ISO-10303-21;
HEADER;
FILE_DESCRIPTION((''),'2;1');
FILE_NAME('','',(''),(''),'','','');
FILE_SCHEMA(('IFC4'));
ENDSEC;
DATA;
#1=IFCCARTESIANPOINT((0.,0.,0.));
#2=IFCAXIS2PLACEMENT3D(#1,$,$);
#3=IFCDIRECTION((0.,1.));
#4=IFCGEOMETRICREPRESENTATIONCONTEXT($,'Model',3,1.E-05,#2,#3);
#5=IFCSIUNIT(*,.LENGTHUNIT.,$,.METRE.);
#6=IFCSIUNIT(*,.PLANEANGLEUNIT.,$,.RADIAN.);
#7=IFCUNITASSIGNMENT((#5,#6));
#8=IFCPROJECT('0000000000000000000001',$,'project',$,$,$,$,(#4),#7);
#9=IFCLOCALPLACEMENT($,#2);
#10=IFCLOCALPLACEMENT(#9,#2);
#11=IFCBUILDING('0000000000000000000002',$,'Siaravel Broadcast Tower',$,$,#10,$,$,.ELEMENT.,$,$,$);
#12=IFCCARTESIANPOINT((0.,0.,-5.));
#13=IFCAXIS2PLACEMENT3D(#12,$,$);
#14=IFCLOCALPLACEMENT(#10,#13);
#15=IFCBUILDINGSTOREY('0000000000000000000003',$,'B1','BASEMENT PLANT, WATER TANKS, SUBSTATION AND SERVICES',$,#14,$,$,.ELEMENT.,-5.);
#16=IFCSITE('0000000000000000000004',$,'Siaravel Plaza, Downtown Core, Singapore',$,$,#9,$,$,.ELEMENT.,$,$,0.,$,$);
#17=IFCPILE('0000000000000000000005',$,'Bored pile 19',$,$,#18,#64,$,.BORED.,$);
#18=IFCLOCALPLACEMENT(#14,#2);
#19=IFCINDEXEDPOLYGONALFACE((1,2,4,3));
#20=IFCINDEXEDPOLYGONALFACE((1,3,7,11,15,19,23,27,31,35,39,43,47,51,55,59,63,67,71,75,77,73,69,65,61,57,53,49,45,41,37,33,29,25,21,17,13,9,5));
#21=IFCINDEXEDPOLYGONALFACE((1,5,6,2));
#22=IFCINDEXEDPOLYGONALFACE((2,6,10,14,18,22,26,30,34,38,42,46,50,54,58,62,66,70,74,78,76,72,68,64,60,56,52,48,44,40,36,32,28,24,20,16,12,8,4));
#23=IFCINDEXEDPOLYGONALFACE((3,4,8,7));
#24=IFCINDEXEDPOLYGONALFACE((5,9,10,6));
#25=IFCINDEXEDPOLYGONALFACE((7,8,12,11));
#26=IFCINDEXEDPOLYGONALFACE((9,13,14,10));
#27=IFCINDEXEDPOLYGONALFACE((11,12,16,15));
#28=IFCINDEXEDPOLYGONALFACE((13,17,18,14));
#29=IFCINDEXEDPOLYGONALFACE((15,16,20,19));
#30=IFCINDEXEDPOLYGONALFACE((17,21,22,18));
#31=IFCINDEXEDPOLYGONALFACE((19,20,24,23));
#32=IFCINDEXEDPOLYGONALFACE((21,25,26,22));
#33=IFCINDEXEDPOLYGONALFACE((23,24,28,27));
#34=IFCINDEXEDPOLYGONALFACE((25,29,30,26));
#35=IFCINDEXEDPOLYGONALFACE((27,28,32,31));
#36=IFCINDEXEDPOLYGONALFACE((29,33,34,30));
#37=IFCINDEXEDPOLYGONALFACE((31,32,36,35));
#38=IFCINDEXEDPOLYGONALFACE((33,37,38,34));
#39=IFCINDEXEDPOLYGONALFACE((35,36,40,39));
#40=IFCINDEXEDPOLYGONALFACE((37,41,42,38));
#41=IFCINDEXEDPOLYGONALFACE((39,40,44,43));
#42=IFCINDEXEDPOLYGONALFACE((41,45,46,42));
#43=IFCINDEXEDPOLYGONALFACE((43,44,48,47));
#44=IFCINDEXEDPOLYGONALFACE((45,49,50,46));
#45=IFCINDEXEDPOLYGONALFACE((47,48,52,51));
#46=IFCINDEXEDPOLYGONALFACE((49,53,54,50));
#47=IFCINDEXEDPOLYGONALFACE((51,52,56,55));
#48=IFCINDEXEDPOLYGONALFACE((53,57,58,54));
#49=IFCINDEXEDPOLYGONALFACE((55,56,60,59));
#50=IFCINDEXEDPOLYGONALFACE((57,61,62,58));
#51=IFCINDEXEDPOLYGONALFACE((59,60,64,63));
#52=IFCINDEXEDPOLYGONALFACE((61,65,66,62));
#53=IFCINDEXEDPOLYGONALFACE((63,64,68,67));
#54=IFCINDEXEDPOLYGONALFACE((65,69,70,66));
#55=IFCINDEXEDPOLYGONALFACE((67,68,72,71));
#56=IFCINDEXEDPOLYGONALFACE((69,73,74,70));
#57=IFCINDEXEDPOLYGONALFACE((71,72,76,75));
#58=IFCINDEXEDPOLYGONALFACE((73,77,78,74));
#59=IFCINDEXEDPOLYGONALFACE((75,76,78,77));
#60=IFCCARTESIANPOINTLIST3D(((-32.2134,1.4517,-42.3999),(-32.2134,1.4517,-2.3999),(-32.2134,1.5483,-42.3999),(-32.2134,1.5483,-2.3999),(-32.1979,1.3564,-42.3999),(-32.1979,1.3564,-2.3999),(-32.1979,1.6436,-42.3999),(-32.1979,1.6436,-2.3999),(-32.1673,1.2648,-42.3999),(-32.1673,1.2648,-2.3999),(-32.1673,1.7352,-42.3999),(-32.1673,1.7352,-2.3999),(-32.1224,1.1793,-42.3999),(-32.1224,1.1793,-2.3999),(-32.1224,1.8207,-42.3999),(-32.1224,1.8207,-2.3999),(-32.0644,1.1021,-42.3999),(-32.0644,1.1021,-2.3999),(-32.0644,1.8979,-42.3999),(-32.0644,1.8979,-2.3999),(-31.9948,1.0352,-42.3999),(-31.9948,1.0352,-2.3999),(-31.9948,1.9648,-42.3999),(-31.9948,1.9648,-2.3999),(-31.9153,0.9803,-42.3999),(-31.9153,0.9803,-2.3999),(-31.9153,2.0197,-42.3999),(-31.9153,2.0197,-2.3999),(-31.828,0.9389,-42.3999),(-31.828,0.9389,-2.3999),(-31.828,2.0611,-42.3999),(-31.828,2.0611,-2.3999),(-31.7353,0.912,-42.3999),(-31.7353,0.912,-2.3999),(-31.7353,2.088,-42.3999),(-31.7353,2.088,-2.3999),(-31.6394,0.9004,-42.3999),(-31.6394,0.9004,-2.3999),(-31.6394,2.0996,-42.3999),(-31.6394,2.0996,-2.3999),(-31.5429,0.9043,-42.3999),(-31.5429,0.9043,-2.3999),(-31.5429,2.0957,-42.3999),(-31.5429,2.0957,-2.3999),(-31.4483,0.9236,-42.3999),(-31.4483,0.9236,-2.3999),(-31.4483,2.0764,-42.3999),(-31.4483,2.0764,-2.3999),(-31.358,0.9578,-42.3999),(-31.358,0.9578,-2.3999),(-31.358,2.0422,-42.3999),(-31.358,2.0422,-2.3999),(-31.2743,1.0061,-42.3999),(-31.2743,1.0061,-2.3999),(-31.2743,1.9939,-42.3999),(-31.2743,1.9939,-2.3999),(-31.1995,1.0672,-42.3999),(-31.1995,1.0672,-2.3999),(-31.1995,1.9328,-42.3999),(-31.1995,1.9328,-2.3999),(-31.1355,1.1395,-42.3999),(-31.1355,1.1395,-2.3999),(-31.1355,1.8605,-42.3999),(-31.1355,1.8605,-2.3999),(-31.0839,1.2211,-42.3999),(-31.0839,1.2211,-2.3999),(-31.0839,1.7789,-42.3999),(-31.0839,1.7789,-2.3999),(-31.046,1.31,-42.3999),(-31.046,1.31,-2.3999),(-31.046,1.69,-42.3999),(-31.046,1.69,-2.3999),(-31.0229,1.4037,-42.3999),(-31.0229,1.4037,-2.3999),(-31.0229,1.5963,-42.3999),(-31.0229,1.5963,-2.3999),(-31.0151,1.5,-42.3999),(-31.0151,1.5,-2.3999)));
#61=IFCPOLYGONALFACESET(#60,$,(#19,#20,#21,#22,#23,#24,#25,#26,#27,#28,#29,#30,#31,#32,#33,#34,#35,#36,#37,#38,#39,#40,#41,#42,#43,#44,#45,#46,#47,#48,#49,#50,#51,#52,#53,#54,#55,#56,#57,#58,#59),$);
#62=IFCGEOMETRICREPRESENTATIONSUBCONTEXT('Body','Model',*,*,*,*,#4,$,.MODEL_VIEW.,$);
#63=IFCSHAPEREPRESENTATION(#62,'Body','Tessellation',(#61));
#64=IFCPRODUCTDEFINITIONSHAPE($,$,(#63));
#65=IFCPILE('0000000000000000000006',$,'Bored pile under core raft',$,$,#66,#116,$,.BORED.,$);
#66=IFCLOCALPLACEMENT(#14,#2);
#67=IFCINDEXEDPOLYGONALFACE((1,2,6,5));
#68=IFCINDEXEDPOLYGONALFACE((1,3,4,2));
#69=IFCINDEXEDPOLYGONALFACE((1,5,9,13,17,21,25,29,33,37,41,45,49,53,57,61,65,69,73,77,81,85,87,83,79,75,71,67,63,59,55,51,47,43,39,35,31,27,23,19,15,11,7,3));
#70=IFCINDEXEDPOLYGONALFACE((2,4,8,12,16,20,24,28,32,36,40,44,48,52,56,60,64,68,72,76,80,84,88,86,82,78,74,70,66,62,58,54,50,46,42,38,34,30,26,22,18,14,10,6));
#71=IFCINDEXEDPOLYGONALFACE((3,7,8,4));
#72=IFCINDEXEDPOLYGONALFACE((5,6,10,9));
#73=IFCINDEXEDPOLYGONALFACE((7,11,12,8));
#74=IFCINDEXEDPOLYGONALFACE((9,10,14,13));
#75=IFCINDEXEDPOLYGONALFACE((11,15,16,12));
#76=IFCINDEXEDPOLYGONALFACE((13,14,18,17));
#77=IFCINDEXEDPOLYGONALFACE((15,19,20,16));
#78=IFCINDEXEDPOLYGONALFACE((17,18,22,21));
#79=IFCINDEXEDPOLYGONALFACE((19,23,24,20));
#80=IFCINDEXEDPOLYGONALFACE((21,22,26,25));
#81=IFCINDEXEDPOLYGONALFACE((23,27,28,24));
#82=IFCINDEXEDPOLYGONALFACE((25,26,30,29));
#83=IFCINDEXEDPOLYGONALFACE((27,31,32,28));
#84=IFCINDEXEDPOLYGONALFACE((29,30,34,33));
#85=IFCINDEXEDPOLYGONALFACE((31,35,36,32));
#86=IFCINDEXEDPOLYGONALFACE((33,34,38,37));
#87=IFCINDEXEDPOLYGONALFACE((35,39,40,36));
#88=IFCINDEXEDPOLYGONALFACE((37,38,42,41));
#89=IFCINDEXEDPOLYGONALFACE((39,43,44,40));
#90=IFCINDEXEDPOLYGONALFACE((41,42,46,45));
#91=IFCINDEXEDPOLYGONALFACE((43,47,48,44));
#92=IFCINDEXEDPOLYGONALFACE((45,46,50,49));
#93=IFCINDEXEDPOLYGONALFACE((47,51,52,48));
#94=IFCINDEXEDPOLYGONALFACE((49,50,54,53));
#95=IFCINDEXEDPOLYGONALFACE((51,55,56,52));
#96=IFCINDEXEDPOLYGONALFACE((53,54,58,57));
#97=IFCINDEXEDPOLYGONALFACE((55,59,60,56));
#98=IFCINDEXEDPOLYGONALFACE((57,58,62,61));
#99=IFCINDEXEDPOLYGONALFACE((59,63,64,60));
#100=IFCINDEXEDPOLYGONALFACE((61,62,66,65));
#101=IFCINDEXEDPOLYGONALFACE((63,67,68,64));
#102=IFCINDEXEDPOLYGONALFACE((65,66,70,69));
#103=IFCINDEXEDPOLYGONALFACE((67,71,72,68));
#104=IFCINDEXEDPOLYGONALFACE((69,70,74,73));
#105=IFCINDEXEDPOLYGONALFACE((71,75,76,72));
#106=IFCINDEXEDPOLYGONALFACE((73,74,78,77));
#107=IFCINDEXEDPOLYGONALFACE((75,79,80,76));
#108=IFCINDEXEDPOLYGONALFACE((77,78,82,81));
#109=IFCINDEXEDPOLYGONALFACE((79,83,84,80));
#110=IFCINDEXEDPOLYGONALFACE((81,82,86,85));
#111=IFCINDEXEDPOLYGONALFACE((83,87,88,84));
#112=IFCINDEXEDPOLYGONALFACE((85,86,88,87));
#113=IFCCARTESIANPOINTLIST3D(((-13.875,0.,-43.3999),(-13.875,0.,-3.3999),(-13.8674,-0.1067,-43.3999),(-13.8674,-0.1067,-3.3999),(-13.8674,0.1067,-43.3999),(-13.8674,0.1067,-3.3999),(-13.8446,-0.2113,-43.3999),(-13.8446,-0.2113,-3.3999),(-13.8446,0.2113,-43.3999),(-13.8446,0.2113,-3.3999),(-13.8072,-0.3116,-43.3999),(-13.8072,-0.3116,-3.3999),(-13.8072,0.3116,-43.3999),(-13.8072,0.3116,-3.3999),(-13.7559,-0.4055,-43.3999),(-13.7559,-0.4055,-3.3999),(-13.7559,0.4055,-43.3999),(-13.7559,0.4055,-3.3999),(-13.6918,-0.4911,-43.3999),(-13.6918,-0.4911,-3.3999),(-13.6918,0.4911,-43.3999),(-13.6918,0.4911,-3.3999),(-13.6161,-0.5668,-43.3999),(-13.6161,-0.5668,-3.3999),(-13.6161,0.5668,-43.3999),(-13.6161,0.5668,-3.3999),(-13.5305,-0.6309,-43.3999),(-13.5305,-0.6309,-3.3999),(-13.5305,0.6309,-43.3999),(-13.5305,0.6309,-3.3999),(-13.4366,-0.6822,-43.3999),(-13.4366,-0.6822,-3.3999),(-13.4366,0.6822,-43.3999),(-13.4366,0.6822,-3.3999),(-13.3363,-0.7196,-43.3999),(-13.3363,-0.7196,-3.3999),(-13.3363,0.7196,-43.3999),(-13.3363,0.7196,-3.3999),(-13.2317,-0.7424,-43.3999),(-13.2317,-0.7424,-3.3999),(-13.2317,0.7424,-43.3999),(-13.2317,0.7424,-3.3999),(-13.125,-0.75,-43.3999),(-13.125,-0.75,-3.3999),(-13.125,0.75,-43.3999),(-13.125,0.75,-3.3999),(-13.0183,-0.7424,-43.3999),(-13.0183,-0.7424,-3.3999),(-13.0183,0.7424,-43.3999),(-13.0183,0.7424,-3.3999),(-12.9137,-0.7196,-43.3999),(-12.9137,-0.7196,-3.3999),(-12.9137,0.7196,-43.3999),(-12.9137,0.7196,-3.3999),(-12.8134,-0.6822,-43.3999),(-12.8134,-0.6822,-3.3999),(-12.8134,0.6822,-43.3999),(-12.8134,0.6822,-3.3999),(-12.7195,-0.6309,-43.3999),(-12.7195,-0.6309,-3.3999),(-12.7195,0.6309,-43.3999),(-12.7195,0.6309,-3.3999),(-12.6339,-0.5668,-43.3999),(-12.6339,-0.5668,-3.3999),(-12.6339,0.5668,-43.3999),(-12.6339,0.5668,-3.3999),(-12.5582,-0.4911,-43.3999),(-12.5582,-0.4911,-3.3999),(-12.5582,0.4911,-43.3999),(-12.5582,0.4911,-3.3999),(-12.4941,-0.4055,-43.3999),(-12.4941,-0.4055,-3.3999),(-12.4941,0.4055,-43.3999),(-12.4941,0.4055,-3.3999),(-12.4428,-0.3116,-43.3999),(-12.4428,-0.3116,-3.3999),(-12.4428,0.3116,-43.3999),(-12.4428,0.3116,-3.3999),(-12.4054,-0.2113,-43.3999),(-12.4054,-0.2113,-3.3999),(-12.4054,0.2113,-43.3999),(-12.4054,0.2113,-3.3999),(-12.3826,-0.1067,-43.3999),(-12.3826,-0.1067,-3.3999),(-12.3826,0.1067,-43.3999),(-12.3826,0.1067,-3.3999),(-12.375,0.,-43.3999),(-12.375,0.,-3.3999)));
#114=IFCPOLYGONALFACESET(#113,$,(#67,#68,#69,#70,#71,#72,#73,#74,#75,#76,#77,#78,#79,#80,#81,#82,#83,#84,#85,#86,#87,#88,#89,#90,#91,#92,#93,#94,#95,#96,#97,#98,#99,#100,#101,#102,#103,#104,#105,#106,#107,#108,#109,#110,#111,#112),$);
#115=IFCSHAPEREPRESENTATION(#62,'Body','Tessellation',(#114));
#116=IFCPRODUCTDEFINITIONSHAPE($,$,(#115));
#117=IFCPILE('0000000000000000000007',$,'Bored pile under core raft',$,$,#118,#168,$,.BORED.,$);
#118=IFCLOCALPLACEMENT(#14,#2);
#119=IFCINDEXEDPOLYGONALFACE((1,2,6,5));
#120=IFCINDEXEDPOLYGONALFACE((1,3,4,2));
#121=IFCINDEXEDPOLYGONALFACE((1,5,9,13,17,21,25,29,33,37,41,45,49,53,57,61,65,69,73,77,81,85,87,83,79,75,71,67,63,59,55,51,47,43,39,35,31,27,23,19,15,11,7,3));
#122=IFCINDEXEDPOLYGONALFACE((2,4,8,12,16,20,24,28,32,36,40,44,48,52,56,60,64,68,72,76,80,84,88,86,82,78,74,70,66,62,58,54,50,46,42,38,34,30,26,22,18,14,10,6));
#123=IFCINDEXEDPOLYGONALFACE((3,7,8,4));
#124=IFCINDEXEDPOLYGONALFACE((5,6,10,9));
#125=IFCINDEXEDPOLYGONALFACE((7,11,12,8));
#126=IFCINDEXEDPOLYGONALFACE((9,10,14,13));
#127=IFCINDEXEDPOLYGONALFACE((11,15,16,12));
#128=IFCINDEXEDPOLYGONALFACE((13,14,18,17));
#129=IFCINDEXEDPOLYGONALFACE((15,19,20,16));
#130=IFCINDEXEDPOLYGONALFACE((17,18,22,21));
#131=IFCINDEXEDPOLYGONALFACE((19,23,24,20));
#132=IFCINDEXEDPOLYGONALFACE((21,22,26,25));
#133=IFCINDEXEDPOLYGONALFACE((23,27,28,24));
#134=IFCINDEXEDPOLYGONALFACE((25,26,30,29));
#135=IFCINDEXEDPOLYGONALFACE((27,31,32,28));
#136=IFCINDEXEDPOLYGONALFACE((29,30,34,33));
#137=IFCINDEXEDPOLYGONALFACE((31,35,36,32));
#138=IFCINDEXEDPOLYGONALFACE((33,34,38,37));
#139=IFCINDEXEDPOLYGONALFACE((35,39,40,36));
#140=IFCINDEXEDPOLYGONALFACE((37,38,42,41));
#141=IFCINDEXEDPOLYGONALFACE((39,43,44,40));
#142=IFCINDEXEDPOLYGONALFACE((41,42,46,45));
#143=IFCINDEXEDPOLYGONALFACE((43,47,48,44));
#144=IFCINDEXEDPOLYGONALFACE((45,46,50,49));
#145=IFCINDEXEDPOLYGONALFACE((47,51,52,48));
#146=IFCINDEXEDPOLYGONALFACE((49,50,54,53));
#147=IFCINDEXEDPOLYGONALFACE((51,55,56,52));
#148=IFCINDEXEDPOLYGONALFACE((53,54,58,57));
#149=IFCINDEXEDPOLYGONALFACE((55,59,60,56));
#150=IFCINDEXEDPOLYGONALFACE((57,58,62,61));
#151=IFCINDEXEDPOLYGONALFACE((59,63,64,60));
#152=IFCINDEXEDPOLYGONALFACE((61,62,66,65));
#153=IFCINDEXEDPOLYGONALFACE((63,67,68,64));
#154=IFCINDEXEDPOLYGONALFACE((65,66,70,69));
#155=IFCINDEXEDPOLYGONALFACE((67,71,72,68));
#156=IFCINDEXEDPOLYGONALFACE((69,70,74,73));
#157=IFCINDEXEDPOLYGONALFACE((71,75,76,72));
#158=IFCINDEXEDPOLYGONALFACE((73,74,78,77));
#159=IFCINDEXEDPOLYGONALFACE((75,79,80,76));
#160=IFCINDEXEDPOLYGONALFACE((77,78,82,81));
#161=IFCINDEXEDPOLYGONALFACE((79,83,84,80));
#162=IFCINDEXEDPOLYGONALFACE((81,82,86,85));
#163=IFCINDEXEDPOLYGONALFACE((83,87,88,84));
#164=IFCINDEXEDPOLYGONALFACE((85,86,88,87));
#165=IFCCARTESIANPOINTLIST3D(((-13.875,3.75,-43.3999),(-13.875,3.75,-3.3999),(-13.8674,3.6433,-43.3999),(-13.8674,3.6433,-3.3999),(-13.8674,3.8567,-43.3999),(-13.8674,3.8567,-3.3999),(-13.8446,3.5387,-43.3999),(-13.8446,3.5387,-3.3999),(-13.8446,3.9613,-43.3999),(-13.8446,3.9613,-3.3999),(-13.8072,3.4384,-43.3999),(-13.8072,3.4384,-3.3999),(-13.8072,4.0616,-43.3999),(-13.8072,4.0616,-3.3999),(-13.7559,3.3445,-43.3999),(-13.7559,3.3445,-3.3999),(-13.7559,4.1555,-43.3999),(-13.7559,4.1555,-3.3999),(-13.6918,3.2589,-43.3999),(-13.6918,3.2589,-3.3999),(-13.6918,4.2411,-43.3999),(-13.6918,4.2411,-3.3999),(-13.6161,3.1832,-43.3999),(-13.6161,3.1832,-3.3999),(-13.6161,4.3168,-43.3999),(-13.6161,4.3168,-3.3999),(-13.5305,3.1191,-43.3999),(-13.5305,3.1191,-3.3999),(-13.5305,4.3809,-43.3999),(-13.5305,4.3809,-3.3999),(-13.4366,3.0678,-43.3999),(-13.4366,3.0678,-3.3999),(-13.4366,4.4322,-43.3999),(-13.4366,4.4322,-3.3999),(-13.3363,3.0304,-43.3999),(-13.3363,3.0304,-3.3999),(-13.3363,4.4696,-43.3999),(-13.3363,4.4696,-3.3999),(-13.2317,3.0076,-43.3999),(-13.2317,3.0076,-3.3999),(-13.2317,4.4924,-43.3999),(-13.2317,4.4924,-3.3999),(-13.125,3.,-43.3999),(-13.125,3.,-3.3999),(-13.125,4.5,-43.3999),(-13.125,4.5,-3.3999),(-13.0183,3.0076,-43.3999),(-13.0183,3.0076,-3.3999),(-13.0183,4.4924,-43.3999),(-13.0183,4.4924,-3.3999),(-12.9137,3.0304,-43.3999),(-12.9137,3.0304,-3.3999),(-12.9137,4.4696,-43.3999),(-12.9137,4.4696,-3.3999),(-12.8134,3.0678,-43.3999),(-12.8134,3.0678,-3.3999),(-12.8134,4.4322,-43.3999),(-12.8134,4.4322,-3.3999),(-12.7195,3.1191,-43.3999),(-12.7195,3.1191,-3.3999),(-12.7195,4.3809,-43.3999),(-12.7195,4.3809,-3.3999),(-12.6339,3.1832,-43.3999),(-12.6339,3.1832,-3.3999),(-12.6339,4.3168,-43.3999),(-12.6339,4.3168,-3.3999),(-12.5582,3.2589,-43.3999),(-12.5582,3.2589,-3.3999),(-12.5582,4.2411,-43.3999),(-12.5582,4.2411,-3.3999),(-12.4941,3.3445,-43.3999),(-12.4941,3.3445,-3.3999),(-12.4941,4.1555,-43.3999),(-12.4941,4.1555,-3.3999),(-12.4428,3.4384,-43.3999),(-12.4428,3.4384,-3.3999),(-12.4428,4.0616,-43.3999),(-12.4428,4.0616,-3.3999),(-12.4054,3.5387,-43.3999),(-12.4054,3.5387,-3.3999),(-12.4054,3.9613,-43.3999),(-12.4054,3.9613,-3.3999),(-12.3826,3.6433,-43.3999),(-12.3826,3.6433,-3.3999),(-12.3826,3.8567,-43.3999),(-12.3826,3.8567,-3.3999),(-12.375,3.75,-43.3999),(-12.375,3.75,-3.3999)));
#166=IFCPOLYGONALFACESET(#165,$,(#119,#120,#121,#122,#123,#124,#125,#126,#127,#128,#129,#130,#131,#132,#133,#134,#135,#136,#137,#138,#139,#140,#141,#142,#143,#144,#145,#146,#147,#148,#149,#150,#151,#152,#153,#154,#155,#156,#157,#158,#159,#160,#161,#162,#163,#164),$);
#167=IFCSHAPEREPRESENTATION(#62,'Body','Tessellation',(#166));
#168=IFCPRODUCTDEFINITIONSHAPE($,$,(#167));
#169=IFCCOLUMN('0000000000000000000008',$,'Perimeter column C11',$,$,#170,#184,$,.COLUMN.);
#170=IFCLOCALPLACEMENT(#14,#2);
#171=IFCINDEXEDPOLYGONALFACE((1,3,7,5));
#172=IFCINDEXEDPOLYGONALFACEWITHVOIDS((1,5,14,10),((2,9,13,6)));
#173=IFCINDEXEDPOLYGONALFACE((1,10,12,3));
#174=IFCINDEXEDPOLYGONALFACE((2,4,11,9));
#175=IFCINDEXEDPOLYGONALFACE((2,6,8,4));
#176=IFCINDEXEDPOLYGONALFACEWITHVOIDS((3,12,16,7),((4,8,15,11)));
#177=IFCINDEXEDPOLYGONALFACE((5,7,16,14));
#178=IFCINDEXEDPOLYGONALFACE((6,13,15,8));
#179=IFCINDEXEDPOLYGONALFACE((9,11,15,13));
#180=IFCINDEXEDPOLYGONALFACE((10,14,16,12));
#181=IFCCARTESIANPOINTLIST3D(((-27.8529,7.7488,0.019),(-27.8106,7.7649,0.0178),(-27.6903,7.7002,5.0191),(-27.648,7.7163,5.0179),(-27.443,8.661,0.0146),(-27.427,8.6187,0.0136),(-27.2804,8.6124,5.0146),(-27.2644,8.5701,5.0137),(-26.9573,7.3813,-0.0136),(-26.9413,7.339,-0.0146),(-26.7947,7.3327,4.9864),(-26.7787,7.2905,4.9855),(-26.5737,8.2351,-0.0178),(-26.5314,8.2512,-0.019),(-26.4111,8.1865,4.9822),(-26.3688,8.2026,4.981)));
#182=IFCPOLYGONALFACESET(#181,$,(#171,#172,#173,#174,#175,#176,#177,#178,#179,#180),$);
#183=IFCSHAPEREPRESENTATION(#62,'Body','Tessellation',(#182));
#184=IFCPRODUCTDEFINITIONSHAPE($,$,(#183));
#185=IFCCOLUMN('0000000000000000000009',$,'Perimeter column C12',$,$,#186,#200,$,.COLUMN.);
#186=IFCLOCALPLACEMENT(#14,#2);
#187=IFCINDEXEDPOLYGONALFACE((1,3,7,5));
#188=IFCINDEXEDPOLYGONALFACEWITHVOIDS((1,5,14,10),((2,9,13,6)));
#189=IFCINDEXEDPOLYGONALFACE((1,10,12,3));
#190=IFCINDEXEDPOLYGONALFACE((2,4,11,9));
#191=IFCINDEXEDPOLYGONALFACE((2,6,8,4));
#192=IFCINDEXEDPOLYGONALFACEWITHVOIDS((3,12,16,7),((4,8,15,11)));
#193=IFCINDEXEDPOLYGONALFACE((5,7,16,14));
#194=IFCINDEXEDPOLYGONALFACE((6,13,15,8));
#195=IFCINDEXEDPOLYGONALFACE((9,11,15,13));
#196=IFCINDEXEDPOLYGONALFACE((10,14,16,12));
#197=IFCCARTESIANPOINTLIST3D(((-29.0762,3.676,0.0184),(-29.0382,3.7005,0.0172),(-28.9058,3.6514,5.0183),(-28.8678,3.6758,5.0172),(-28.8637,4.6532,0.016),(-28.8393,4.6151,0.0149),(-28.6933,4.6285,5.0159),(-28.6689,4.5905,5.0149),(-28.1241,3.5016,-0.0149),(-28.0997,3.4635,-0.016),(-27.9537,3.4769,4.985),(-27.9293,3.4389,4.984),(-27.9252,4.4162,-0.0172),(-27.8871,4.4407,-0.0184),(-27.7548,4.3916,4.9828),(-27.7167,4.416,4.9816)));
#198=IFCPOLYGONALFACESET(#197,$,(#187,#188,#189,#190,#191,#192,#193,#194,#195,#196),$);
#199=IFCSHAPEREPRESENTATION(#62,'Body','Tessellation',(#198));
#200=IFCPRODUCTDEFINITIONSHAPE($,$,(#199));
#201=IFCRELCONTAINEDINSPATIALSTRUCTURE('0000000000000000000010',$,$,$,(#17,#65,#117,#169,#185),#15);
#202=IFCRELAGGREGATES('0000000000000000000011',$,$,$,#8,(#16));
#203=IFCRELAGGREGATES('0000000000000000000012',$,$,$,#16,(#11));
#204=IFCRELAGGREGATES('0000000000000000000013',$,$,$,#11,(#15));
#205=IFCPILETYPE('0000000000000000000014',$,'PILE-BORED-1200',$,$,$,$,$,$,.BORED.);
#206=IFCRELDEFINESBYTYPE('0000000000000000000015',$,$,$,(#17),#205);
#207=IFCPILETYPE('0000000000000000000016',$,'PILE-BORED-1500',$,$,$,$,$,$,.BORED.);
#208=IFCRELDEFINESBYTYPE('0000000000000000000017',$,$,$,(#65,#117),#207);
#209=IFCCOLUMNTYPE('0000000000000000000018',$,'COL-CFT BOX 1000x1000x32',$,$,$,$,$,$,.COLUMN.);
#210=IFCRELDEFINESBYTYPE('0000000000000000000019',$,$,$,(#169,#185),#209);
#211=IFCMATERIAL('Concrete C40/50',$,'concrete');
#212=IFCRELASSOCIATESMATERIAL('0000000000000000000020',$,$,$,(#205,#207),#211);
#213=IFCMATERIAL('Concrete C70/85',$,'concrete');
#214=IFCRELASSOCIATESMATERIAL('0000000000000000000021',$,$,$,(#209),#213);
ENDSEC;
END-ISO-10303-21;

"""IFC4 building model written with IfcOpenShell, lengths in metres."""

from ifc_helpers import new_model, si_unit, direction, frame, origin, origin_2d, place, context, subcontext, project, spatial, hollow_rectangle, circle, extrude, material, material_profile, profile_set, type_object, element, save


model = new_model("IFC4")

# Units and contexts
model_context = context("Model", 3, precision=1e-05, world=origin(), true_north=direction((0.0, 1.0)))
body_context = subcontext(model_context, "Body", "Model", "MODEL_VIEW")
ifc_project = project(units=[si_unit("LENGTHUNIT", "METRE"), si_unit("PLANEANGLEUNIT", "RADIAN")], contexts=[model_context])

# Site, building, storey
site_placement = place(None, origin())
site = spatial("IfcSite", under=ifc_project, at=site_placement, Name="Siaravel Plaza, Downtown Core, Singapore", CompositionType="ELEMENT", RefElevation=0.0)
building_placement = place(site_placement, origin())
building = spatial("IfcBuilding", under=site, at=building_placement, Name="Siaravel Broadcast Tower", CompositionType="ELEMENT")
storey_placement = place(building_placement, frame((0.0, 0.0, -5.0)))
storey = spatial("IfcBuildingStorey", under=building, at=storey_placement, Name="B1", Description="BASEMENT PLANT, WATER TANKS, SUBSTATION AND SERVICES", CompositionType="ELEMENT", Elevation=-5.0)

# Shared definitions
ifc_material_1 = material(Name="Concrete C40/50", Category="concrete")

# Piles
ifc_material_profile_1 = material_profile(ifc_material_1, circle(Radius=0.6001, at=origin_2d()))
ifc_profile_set_1 = profile_set([ifc_material_profile_1], Name="Concrete C40/50")
pile_type_1 = type_object("IfcPileType", Name="PILE-BORED-1200", PredefinedType="BORED", material=ifc_profile_set_1)
for number, where, z_axis, x_axis, name in (
    (1, (-31.6152, 1.5, -2.3999), (0.0, 0.0, -1.0), (1.0, 0.0, 0.0), "Bored pile 19"),
):
    element("IfcPile", number, at=place(storey_placement, frame(where, z_axis=z_axis, x_axis=x_axis)), inside=storey, type_object=pile_type_1, Name=name, PredefinedType="BORED", context=body_context, shape_type="SweptSolid", body=[
        extrude(circle(Radius=0.6001, at=origin_2d()), origin(), (0.0, 0.0, 1.0), 40.0),
    ])
ifc_material_profile_2 = material_profile(ifc_material_1, circle(Radius=0.75, at=origin_2d()))
ifc_profile_set_2 = profile_set([ifc_material_profile_2], Name="Concrete C40/50")
pile_type_2 = type_object("IfcPileType", Name="PILE-BORED-1500", PredefinedType="BORED", material=ifc_profile_set_2)
for number, where, z_axis, x_axis, name in (
    (2, (-13.125, 0.0, -3.3999), (0.0, 0.0, -1.0), (1.0, 0.0, 0.0), "Bored pile under core raft"),
    (3, (-13.125, 3.75, -3.3999), (0.0, 0.0, -1.0), (1.0, 0.0, 0.0), "Bored pile under core raft"),
):
    element("IfcPile", number, at=place(storey_placement, frame(where, z_axis=z_axis, x_axis=x_axis)), inside=storey, type_object=pile_type_2, Name=name, PredefinedType="BORED", context=body_context, shape_type="SweptSolid", body=[
        extrude(circle(Radius=0.75, at=origin_2d()), origin(), (0.0, 0.0, 1.0), 40.0),
    ])

# Columns
ifc_material_2 = material(Name="Concrete C70/85", Category="concrete")
ifc_material_profile_3 = material_profile(ifc_material_2, hollow_rectangle(XDim=1.0, YDim=1.0, WallThickness=0.032, at=origin_2d()))
ifc_profile_set_3 = profile_set([ifc_material_profile_3], Name="Concrete C70/85")
column_type_1 = type_object("IfcColumnType", Name="COL-CFT BOX 1000x1000x32", PredefinedType="COLUMN", material=ifc_profile_set_3)
for number, where, z_axis, x_axis, name in (
    (4, (-27.1921, 8.0, 0.0), (0.032501, -0.009711, 0.999425), (0.409852, 0.912141, -0.004465), "Perimeter column C11"),
    (5, (-28.4817, 4.0583, 0.0), (0.034062, -0.004929, 0.999408), (0.21252, 0.977154, -0.002424), "Perimeter column C12"),
):
    element("IfcColumn", number, at=place(storey_placement, frame(where, z_axis=z_axis, x_axis=x_axis)), inside=storey, type_object=column_type_1, Name=name, PredefinedType="COLUMN", context=body_context, shape_type="SweptSolid", body=[
        extrude(hollow_rectangle(XDim=1.0, YDim=1.0, WallThickness=0.032, at=origin_2d()), origin(), (0.0, 0.0, 1.0), 5.0029),
    ])

save(model, "model.ifc")
